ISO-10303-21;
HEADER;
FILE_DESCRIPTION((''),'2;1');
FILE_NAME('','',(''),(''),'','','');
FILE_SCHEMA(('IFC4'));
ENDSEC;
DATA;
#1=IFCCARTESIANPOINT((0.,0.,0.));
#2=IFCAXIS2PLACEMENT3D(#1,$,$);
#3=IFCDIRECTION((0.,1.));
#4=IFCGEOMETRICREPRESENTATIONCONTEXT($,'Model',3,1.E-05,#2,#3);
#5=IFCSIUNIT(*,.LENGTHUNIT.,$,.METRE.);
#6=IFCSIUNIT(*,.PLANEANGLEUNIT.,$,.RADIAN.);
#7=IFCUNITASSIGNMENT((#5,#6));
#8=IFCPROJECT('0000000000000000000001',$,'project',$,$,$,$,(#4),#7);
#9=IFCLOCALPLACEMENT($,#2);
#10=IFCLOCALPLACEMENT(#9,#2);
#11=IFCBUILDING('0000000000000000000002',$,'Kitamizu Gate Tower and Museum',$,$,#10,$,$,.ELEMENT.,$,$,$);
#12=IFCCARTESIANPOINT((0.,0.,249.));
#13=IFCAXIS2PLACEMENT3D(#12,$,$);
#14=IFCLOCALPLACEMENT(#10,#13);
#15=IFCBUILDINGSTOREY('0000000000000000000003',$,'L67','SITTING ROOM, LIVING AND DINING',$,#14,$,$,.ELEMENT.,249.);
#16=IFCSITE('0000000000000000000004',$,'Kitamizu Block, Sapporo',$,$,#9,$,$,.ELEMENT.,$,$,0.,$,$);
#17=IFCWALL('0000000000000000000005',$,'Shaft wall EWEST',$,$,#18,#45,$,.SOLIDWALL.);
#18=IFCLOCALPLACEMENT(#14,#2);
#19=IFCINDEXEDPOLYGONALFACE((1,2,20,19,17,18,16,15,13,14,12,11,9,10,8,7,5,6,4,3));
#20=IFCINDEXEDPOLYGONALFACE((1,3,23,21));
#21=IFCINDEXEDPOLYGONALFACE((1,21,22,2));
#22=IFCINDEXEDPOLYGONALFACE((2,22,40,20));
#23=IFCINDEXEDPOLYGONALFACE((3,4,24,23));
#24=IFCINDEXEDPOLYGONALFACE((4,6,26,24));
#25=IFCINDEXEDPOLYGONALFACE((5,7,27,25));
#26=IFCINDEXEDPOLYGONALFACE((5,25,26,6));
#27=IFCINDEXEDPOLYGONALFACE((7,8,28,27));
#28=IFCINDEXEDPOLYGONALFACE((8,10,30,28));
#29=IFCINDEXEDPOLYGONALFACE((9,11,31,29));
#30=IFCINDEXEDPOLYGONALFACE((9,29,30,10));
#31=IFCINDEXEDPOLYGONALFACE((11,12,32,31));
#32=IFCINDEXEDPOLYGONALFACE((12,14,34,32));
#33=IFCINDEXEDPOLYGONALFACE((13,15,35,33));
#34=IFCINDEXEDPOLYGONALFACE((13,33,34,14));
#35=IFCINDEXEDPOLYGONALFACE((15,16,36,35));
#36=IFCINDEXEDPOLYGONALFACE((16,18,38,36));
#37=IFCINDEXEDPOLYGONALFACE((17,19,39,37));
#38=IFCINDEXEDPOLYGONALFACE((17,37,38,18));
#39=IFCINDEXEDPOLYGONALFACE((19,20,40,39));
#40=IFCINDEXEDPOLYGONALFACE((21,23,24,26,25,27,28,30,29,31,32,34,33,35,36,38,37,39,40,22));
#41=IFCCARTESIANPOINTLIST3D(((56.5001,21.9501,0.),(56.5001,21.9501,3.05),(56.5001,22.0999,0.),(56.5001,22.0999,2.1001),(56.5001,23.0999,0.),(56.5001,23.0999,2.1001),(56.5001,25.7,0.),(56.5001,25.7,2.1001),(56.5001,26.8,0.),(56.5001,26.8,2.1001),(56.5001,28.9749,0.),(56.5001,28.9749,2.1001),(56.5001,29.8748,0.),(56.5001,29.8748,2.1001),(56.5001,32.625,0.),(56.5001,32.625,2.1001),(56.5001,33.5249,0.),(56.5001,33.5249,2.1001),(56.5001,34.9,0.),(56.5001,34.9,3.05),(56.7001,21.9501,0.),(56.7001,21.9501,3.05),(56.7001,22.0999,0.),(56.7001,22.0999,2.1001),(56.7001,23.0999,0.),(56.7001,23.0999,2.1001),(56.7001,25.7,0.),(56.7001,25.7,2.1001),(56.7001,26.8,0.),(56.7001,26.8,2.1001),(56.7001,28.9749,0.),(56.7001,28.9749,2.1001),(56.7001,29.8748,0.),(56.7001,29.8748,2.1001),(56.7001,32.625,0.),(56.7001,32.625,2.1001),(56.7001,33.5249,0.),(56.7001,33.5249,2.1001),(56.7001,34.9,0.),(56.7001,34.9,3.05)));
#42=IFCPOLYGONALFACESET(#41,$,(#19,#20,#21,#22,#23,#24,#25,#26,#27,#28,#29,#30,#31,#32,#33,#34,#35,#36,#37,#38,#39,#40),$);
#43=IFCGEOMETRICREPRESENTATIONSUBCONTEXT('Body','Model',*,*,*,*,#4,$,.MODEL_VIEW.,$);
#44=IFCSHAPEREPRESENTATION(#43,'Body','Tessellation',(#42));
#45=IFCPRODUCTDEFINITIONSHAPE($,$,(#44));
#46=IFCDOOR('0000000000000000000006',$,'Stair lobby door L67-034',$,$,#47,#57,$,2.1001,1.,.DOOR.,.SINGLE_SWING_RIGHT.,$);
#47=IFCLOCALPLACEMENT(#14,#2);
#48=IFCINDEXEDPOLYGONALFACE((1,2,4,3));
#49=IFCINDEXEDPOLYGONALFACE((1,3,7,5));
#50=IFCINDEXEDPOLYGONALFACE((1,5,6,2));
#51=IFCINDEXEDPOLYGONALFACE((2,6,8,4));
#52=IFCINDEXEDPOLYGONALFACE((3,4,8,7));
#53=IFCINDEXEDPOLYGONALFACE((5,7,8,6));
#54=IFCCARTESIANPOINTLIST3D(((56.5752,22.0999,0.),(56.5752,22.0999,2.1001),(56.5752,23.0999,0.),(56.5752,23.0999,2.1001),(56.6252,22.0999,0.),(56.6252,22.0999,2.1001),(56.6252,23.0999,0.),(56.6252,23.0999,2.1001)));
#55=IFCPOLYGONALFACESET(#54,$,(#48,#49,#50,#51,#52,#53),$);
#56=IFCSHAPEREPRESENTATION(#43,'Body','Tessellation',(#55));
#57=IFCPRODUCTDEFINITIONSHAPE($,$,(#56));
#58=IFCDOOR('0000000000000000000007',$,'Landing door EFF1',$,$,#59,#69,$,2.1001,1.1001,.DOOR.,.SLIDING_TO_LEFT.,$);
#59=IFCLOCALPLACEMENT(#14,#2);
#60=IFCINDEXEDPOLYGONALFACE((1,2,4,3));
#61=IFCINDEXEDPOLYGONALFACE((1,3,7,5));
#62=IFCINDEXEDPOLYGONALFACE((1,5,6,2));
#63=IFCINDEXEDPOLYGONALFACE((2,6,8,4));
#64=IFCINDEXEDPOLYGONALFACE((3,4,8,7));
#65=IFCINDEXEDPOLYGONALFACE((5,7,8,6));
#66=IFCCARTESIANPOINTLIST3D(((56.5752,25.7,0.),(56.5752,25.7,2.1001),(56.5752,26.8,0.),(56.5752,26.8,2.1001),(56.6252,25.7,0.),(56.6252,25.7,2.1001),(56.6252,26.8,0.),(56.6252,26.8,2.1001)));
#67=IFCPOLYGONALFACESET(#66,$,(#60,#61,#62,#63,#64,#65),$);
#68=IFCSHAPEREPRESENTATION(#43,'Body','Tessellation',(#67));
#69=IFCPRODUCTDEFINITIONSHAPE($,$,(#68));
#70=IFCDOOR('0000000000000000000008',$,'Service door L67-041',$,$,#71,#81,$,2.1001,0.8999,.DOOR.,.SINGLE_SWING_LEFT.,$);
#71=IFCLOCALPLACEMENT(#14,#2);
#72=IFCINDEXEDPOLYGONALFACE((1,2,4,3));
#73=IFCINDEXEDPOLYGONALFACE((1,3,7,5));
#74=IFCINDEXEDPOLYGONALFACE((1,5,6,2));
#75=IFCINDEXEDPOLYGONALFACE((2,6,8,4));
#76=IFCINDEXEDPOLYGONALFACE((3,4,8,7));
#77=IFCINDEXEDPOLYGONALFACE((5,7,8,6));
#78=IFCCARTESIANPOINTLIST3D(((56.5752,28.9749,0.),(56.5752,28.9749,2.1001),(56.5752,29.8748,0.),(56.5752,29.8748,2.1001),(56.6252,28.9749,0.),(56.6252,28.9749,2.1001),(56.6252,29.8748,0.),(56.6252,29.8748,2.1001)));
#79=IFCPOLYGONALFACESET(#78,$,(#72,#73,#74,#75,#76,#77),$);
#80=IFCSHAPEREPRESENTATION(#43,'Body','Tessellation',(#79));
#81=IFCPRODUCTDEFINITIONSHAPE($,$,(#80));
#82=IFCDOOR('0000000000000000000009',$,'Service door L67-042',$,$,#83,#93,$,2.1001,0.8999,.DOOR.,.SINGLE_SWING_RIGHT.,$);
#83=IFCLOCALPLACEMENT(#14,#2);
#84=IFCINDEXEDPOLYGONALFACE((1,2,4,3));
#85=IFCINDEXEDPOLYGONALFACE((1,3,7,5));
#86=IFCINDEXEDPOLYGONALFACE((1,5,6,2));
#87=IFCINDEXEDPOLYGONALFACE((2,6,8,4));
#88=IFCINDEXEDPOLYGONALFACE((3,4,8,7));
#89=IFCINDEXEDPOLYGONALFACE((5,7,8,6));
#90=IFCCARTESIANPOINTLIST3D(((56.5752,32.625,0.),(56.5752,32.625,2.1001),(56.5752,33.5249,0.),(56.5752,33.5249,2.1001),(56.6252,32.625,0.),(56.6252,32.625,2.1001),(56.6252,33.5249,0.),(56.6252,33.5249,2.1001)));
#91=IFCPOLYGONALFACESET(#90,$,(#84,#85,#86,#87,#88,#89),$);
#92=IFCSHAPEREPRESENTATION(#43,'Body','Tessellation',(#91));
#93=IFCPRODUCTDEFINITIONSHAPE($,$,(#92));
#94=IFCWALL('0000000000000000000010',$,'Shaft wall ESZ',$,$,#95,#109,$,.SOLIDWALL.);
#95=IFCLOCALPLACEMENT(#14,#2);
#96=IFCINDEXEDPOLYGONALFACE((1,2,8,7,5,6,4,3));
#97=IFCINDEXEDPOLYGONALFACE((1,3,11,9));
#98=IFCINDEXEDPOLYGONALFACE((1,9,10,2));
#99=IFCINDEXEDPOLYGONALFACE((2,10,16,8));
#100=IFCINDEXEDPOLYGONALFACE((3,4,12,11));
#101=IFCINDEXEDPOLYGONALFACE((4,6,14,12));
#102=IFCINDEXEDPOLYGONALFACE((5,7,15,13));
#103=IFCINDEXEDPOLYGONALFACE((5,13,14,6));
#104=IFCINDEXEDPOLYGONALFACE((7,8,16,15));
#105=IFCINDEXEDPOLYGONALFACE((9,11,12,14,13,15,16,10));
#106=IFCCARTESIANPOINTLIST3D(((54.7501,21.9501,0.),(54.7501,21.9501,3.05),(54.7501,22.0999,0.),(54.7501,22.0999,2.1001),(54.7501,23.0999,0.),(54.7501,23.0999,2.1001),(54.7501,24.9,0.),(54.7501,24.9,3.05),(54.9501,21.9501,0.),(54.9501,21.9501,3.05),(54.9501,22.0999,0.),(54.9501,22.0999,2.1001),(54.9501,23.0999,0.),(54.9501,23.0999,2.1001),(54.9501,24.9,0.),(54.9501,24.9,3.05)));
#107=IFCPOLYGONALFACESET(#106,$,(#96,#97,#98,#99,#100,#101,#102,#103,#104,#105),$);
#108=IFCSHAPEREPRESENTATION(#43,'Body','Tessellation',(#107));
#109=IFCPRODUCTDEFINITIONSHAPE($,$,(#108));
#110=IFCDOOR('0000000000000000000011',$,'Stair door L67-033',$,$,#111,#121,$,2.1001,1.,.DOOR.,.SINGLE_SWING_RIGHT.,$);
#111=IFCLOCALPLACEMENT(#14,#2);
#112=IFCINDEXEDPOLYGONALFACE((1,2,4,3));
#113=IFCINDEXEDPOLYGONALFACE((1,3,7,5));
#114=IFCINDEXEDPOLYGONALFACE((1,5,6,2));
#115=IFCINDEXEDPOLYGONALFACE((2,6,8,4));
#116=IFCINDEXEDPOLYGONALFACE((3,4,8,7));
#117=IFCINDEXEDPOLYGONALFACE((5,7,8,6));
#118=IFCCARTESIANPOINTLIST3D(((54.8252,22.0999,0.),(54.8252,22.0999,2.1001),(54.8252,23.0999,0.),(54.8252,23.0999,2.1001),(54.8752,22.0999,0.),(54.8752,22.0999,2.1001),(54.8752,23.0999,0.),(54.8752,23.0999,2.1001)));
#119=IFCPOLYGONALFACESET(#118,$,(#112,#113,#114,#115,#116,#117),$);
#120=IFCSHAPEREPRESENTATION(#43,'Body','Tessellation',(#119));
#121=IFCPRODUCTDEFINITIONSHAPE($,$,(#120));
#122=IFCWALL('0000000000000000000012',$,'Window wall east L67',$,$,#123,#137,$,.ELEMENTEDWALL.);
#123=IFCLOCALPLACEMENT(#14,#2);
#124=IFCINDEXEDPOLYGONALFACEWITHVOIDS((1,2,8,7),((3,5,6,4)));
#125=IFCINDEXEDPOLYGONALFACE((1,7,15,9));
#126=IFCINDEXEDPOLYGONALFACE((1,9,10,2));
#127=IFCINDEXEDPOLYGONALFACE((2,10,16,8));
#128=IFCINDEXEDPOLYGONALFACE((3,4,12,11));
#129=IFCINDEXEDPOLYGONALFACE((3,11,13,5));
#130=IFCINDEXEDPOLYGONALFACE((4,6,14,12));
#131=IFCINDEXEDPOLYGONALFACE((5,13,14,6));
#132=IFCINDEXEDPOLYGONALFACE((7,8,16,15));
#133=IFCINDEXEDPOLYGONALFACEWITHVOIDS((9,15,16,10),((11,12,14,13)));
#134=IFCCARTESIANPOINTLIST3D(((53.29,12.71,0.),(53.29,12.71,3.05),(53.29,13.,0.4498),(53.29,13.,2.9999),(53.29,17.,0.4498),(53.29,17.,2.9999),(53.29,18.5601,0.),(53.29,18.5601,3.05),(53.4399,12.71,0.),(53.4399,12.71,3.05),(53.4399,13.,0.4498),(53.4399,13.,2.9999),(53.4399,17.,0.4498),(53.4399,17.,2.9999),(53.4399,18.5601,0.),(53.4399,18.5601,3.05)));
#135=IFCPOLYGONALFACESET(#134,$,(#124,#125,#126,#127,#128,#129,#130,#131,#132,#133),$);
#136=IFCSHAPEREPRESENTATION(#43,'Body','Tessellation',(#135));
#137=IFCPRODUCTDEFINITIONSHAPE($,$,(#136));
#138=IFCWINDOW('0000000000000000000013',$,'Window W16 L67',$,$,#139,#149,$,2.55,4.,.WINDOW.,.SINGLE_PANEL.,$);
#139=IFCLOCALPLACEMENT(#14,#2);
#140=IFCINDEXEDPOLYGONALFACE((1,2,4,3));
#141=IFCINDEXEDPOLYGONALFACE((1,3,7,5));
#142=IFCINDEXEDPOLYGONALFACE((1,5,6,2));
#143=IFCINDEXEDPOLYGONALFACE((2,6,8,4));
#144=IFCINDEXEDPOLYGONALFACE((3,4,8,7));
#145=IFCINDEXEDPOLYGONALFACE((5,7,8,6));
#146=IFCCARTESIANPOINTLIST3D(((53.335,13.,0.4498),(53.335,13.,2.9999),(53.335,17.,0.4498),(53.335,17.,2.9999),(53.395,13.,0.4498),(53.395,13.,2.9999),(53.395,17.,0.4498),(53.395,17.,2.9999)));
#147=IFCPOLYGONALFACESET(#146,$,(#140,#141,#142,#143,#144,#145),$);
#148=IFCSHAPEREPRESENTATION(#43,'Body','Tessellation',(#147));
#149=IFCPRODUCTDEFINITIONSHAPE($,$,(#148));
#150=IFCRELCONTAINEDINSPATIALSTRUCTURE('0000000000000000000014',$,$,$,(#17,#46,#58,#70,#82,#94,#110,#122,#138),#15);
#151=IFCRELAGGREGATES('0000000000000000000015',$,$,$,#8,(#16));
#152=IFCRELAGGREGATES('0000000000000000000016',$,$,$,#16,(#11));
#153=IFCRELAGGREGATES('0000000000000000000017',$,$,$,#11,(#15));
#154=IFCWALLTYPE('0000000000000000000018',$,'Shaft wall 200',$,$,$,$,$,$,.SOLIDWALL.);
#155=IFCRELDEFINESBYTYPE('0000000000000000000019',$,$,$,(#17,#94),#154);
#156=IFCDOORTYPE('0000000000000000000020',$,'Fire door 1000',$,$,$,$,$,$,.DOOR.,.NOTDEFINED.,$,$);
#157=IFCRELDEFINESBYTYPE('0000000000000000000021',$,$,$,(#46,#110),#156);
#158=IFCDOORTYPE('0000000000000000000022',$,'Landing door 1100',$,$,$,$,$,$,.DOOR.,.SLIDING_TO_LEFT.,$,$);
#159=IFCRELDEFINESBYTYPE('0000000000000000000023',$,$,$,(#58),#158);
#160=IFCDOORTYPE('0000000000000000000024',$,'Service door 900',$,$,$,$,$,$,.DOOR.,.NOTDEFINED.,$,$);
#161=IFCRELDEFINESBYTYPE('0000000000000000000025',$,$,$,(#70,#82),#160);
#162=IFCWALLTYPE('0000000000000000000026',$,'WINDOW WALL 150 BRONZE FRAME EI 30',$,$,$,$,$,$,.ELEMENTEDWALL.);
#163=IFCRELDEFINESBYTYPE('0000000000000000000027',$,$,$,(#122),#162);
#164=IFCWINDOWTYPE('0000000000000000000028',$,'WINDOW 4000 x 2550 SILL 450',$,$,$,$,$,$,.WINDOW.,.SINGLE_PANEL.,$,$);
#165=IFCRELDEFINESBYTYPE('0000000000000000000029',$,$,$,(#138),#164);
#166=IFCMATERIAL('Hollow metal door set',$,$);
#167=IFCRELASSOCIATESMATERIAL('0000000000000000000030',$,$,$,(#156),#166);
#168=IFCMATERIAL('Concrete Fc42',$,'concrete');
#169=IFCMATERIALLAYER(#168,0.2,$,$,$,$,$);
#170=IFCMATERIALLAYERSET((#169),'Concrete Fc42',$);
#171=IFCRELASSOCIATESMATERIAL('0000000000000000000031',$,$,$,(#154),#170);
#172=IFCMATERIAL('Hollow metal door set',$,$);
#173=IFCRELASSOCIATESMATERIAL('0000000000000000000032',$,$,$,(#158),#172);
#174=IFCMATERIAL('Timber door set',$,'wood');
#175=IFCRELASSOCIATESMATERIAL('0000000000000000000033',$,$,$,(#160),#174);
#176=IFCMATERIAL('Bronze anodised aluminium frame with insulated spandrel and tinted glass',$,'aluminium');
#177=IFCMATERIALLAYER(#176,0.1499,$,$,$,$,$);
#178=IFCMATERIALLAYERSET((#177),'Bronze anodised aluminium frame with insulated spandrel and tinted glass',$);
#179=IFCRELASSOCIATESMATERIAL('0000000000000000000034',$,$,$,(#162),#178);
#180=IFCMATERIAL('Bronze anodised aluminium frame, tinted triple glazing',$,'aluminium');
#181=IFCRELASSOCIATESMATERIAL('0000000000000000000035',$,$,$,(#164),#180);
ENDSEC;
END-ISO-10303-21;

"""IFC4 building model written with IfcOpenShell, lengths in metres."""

from ifc_helpers import new_model, si_unit, direction, frame, frame_2d, origin, place, context, subcontext, project, spatial, rectangle, extrude, material, layer, layer_set, type_object, element, fill, save


model = new_model("IFC4")

# Units and contexts
model_context = context("Model", 3, precision=1e-05, world=origin(), true_north=direction((0.0, 1.0)))
body_context = subcontext(model_context, "Body", "Model", "MODEL_VIEW")
ifc_project = project(units=[si_unit("LENGTHUNIT", "METRE"), si_unit("PLANEANGLEUNIT", "RADIAN")], contexts=[model_context])

# Site, building, storey
site_placement = place(None, origin())
site = spatial("IfcSite", under=ifc_project, at=site_placement, Name="Kitamizu Block, Sapporo", CompositionType="ELEMENT", RefElevation=0.0)
building_placement = place(site_placement, origin())
building = spatial("IfcBuilding", under=site, at=building_placement, Name="Kitamizu Gate Tower and Museum", CompositionType="ELEMENT")
storey_placement = place(building_placement, frame((0.0, 0.0, 249.0)))
storey = spatial("IfcBuildingStorey", under=building, at=storey_placement, Name="L67", Description="SITTING ROOM, LIVING AND DINING", CompositionType="ELEMENT", Elevation=249.0)

# Shared definitions
ifc_material_1 = material(Name="Hollow metal door set")
door_type_1 = type_object("IfcDoorType", Name="Fire door 1000", OperationType="NOTDEFINED", PredefinedType="DOOR", material=ifc_material_1)

# Wall, openings, doors
ifc_material_2 = material(Name="Concrete Fc42", Category="concrete")
ifc_layer_1 = layer(ifc_material_2, 0.2)
ifc_layer_set_1 = layer_set([ifc_layer_1], Name="Concrete Fc42")
wall_type_1 = type_object("IfcWallType", Name="Shaft wall 200", PredefinedType="SOLIDWALL", material=ifc_layer_set_1)
wall_1_placement = place(storey_placement, frame((56.6001, 21.95, 0.0), z_axis=(0.0, 0.0, 1.0), x_axis=(0.0, 1.0, 0.0)))
wall_1 = element("IfcWall", 1, at=wall_1_placement, inside=storey, type_object=wall_type_1, Name="Shaft wall EWEST", PredefinedType="SOLIDWALL", context=body_context, shape_type="SweptSolid", body=[
    extrude(rectangle(XDim=12.95, YDim=0.2, at=frame_2d((6.4751, 0.0))), origin(), (0.0, 0.0, 1.0), 3.05),
])
opening_1_placement = place(wall_1_placement, frame((3.75, 0.0, 0.0)))
opening_1 = element("IfcOpeningElement", 2, at=opening_1_placement, cuts=wall_1, PredefinedType="OPENING", context=body_context, shape_type="SweptSolid", body=[
    extrude(rectangle(XDim=1.1001, YDim=2.1001, at=frame_2d((0.55, 1.05))), frame((0.0, 0.1099, 0.0), z_axis=(0.0, -1.0, 0.0), x_axis=(1.0, 0.0, 0.0)), (0.0, 0.0, 1.0), 0.22),
])
opening_2_placement = place(wall_1_placement, frame((0.1499, 0.0, 0.0)))
opening_2 = element("IfcOpeningElement", 3, at=opening_2_placement, cuts=wall_1, PredefinedType="OPENING", context=body_context, shape_type="SweptSolid", body=[
    extrude(rectangle(XDim=1.0, YDim=2.1001, at=frame_2d((0.5, 1.05))), frame((0.0, 0.1099, 0.0), z_axis=(0.0, -1.0, 0.0), x_axis=(1.0, 0.0, 0.0)), (0.0, 0.0, 1.0), 0.22),
])
opening_3_placement = place(wall_1_placement, frame((7.0249, 0.0, 0.0)))
opening_3 = element("IfcOpeningElement", 4, at=opening_3_placement, cuts=wall_1, PredefinedType="OPENING", context=body_context, shape_type="SweptSolid", body=[
    extrude(rectangle(XDim=0.8999, YDim=2.1001, at=frame_2d((0.45, 1.05))), frame((0.0, 0.1099, 0.0), z_axis=(0.0, -1.0, 0.0), x_axis=(1.0, 0.0, 0.0)), (0.0, 0.0, 1.0), 0.22),
])
opening_4_placement = place(wall_1_placement, frame((10.675, 0.0, 0.0)))
opening_4 = element("IfcOpeningElement", 5, at=opening_4_placement, cuts=wall_1, PredefinedType="OPENING", context=body_context, shape_type="SweptSolid", body=[
    extrude(rectangle(XDim=0.8999, YDim=2.1001, at=frame_2d((0.45, 1.05))), frame((0.0, 0.1099, 0.0), z_axis=(0.0, -1.0, 0.0), x_axis=(1.0, 0.0, 0.0)), (0.0, 0.0, 1.0), 0.22),
])
door_1_placement = place(opening_2_placement, origin())
door_1 = element("IfcDoor", 6, at=door_1_placement, inside=storey, type_object=door_type_1, Name="Stair lobby door L67-034", OperationType="SINGLE_SWING_RIGHT", OverallHeight=2.1001, OverallWidth=1.0, PredefinedType="DOOR", context=body_context, shape_type="SweptSolid", body=[
    extrude(rectangle(XDim=1.0, YDim=2.1001, at=frame_2d((0.5, 1.05))), frame((0.0, 0.0249, 0.0), z_axis=(0.0, -1.0, 0.0), x_axis=(1.0, 0.0, 0.0)), (0.0, 0.0, 1.0), 0.05),
])
fill(opening_2, door_1)
ifc_material_3 = material(Name="Hollow metal door set")
door_type_2 = type_object("IfcDoorType", Name="Landing door 1100", OperationType="SLIDING_TO_LEFT", PredefinedType="DOOR", material=ifc_material_3)
door_2_placement = place(opening_1_placement, origin())
door_2 = element("IfcDoor", 7, at=door_2_placement, inside=storey, type_object=door_type_2, Name="Landing door EFF1", OperationType="SLIDING_TO_LEFT", OverallHeight=2.1001, OverallWidth=1.1001, PredefinedType="DOOR", context=body_context, shape_type="SweptSolid", body=[
    extrude(rectangle(XDim=1.1001, YDim=2.1001, at=frame_2d((0.55, 1.05))), frame((0.0, 0.0249, 0.0), z_axis=(0.0, -1.0, 0.0), x_axis=(1.0, 0.0, 0.0)), (0.0, 0.0, 1.0), 0.05),
])
fill(opening_1, door_2)
ifc_material_4 = material(Name="Timber door set", Category="wood")
door_type_3 = type_object("IfcDoorType", Name="Service door 900", OperationType="NOTDEFINED", PredefinedType="DOOR", material=ifc_material_4)
door_3_placement = place(opening_3_placement, origin())
door_3 = element("IfcDoor", 8, at=door_3_placement, inside=storey, type_object=door_type_3, Name="Service door L67-041", OperationType="SINGLE_SWING_LEFT", OverallHeight=2.1001, OverallWidth=0.8999, PredefinedType="DOOR", context=body_context, shape_type="SweptSolid", body=[
    extrude(rectangle(XDim=0.8999, YDim=2.1001, at=frame_2d((0.45, 1.05))), frame((0.0, 0.0249, 0.0), z_axis=(0.0, -1.0, 0.0), x_axis=(1.0, 0.0, 0.0)), (0.0, 0.0, 1.0), 0.05),
])
fill(opening_3, door_3)
door_4_placement = place(opening_4_placement, origin())
door_4 = element("IfcDoor", 9, at=door_4_placement, inside=storey, type_object=door_type_3, Name="Service door L67-042", OperationType="SINGLE_SWING_RIGHT", OverallHeight=2.1001, OverallWidth=0.8999, PredefinedType="DOOR", context=body_context, shape_type="SweptSolid", body=[
    extrude(rectangle(XDim=0.8999, YDim=2.1001, at=frame_2d((0.45, 1.05))), frame((0.0, 0.0249, 0.0), z_axis=(0.0, -1.0, 0.0), x_axis=(1.0, 0.0, 0.0)), (0.0, 0.0, 1.0), 0.05),
])
fill(opening_4, door_4)

# Wall, opening, door
wall_2_placement = place(storey_placement, frame((54.8501, 21.95, 0.0), z_axis=(0.0, 0.0, 1.0), x_axis=(0.0, 1.0, 0.0)))
wall_2 = element("IfcWall", 10, at=wall_2_placement, inside=storey, type_object=wall_type_1, Name="Shaft wall ESZ", PredefinedType="SOLIDWALL", context=body_context, shape_type="SweptSolid", body=[
    extrude(rectangle(XDim=2.95, YDim=0.2, at=frame_2d((1.4751, 0.0))), origin(), (0.0, 0.0, 1.0), 3.05),
])
opening_5_placement = place(wall_2_placement, frame((0.1499, 0.0, 0.0)))
opening_5 = element("IfcOpeningElement", 11, at=opening_5_placement, cuts=wall_2, PredefinedType="OPENING", context=body_context, shape_type="SweptSolid", body=[
    extrude(rectangle(XDim=1.0, YDim=2.1001, at=frame_2d((0.5, 1.05))), frame((0.0, 0.1099, 0.0), z_axis=(0.0, -1.0, 0.0), x_axis=(1.0, 0.0, 0.0)), (0.0, 0.0, 1.0), 0.22),
])
door_5_placement = place(opening_5_placement, origin())
door_5 = element("IfcDoor", 12, at=door_5_placement, inside=storey, type_object=door_type_1, Name="Stair door L67-033", OperationType="SINGLE_SWING_RIGHT", OverallHeight=2.1001, OverallWidth=1.0, PredefinedType="DOOR", context=body_context, shape_type="SweptSolid", body=[
    extrude(rectangle(XDim=1.0, YDim=2.1001, at=frame_2d((0.5, 1.05))), frame((0.0, 0.0249, 0.0), z_axis=(0.0, -1.0, 0.0), x_axis=(1.0, 0.0, 0.0)), (0.0, 0.0, 1.0), 0.05),
])
fill(opening_5, door_5)

# Wall, opening, window
ifc_material_5 = material(Name="Bronze anodised aluminium frame with insulated spandrel and tinted glass", Category="aluminium")
ifc_layer_2 = layer(ifc_material_5, 0.1499)
ifc_layer_set_2 = layer_set([ifc_layer_2], Name="Bronze anodised aluminium frame with insulated spandrel and tinted glass")
wall_type_2 = type_object("IfcWallType", Name="WINDOW WALL 150 BRONZE FRAME EI 30", PredefinedType="ELEMENTEDWALL", material=ifc_layer_set_2)
wall_3_placement = place(storey_placement, frame((53.365, 12.71, 0.0), z_axis=(0.0, 0.0, 1.0), x_axis=(0.0, 1.0, 0.0)))
wall_3 = element("IfcWall", 13, at=wall_3_placement, inside=storey, type_object=wall_type_2, Name="Window wall east L67", PredefinedType="ELEMENTEDWALL", context=body_context, shape_type="SweptSolid", body=[
    extrude(rectangle(XDim=5.8501, YDim=0.1499, at=frame_2d((2.925, 0.0))), origin(), (0.0, 0.0, 1.0), 3.05),
])
opening_6_placement = place(wall_3_placement, frame((0.29, 0.0, 0.45)))
opening_6 = element("IfcOpeningElement", 14, at=opening_6_placement, cuts=wall_3, PredefinedType="OPENING", context=body_context, shape_type="SweptSolid", body=[
    extrude(rectangle(XDim=4.0, YDim=2.55, at=frame_2d((2.0, 1.2749))), frame((0.0, 0.085, 0.0), z_axis=(0.0, -1.0, 0.0), x_axis=(1.0, 0.0, 0.0)), (0.0, 0.0, 1.0), 0.1699),
])
ifc_material_6 = material(Name="Bronze anodised aluminium frame, tinted triple glazing", Category="aluminium")
window_type = type_object("IfcWindowType", Name="WINDOW 4000 x 2550 SILL 450", PartitioningType="SINGLE_PANEL", PredefinedType="WINDOW", material=ifc_material_6)
window_1_placement = place(opening_6_placement, origin())
window_1 = element("IfcWindow", 15, at=window_1_placement, inside=storey, type_object=window_type, Name="Window W16 L67", OverallHeight=2.55, OverallWidth=4.0, PartitioningType="SINGLE_PANEL", PredefinedType="WINDOW", context=body_context, shape_type="SweptSolid", body=[
    extrude(rectangle(XDim=4.0, YDim=2.55, at=frame_2d((2.0, 1.2749))), frame((0.0, 0.03, 0.0), z_axis=(0.0, -1.0, 0.0), x_axis=(1.0, 0.0, 0.0)), (0.0, 0.0, 1.0), 0.0601),
])
fill(opening_6, window_1)

save(model, "model.ifc")
